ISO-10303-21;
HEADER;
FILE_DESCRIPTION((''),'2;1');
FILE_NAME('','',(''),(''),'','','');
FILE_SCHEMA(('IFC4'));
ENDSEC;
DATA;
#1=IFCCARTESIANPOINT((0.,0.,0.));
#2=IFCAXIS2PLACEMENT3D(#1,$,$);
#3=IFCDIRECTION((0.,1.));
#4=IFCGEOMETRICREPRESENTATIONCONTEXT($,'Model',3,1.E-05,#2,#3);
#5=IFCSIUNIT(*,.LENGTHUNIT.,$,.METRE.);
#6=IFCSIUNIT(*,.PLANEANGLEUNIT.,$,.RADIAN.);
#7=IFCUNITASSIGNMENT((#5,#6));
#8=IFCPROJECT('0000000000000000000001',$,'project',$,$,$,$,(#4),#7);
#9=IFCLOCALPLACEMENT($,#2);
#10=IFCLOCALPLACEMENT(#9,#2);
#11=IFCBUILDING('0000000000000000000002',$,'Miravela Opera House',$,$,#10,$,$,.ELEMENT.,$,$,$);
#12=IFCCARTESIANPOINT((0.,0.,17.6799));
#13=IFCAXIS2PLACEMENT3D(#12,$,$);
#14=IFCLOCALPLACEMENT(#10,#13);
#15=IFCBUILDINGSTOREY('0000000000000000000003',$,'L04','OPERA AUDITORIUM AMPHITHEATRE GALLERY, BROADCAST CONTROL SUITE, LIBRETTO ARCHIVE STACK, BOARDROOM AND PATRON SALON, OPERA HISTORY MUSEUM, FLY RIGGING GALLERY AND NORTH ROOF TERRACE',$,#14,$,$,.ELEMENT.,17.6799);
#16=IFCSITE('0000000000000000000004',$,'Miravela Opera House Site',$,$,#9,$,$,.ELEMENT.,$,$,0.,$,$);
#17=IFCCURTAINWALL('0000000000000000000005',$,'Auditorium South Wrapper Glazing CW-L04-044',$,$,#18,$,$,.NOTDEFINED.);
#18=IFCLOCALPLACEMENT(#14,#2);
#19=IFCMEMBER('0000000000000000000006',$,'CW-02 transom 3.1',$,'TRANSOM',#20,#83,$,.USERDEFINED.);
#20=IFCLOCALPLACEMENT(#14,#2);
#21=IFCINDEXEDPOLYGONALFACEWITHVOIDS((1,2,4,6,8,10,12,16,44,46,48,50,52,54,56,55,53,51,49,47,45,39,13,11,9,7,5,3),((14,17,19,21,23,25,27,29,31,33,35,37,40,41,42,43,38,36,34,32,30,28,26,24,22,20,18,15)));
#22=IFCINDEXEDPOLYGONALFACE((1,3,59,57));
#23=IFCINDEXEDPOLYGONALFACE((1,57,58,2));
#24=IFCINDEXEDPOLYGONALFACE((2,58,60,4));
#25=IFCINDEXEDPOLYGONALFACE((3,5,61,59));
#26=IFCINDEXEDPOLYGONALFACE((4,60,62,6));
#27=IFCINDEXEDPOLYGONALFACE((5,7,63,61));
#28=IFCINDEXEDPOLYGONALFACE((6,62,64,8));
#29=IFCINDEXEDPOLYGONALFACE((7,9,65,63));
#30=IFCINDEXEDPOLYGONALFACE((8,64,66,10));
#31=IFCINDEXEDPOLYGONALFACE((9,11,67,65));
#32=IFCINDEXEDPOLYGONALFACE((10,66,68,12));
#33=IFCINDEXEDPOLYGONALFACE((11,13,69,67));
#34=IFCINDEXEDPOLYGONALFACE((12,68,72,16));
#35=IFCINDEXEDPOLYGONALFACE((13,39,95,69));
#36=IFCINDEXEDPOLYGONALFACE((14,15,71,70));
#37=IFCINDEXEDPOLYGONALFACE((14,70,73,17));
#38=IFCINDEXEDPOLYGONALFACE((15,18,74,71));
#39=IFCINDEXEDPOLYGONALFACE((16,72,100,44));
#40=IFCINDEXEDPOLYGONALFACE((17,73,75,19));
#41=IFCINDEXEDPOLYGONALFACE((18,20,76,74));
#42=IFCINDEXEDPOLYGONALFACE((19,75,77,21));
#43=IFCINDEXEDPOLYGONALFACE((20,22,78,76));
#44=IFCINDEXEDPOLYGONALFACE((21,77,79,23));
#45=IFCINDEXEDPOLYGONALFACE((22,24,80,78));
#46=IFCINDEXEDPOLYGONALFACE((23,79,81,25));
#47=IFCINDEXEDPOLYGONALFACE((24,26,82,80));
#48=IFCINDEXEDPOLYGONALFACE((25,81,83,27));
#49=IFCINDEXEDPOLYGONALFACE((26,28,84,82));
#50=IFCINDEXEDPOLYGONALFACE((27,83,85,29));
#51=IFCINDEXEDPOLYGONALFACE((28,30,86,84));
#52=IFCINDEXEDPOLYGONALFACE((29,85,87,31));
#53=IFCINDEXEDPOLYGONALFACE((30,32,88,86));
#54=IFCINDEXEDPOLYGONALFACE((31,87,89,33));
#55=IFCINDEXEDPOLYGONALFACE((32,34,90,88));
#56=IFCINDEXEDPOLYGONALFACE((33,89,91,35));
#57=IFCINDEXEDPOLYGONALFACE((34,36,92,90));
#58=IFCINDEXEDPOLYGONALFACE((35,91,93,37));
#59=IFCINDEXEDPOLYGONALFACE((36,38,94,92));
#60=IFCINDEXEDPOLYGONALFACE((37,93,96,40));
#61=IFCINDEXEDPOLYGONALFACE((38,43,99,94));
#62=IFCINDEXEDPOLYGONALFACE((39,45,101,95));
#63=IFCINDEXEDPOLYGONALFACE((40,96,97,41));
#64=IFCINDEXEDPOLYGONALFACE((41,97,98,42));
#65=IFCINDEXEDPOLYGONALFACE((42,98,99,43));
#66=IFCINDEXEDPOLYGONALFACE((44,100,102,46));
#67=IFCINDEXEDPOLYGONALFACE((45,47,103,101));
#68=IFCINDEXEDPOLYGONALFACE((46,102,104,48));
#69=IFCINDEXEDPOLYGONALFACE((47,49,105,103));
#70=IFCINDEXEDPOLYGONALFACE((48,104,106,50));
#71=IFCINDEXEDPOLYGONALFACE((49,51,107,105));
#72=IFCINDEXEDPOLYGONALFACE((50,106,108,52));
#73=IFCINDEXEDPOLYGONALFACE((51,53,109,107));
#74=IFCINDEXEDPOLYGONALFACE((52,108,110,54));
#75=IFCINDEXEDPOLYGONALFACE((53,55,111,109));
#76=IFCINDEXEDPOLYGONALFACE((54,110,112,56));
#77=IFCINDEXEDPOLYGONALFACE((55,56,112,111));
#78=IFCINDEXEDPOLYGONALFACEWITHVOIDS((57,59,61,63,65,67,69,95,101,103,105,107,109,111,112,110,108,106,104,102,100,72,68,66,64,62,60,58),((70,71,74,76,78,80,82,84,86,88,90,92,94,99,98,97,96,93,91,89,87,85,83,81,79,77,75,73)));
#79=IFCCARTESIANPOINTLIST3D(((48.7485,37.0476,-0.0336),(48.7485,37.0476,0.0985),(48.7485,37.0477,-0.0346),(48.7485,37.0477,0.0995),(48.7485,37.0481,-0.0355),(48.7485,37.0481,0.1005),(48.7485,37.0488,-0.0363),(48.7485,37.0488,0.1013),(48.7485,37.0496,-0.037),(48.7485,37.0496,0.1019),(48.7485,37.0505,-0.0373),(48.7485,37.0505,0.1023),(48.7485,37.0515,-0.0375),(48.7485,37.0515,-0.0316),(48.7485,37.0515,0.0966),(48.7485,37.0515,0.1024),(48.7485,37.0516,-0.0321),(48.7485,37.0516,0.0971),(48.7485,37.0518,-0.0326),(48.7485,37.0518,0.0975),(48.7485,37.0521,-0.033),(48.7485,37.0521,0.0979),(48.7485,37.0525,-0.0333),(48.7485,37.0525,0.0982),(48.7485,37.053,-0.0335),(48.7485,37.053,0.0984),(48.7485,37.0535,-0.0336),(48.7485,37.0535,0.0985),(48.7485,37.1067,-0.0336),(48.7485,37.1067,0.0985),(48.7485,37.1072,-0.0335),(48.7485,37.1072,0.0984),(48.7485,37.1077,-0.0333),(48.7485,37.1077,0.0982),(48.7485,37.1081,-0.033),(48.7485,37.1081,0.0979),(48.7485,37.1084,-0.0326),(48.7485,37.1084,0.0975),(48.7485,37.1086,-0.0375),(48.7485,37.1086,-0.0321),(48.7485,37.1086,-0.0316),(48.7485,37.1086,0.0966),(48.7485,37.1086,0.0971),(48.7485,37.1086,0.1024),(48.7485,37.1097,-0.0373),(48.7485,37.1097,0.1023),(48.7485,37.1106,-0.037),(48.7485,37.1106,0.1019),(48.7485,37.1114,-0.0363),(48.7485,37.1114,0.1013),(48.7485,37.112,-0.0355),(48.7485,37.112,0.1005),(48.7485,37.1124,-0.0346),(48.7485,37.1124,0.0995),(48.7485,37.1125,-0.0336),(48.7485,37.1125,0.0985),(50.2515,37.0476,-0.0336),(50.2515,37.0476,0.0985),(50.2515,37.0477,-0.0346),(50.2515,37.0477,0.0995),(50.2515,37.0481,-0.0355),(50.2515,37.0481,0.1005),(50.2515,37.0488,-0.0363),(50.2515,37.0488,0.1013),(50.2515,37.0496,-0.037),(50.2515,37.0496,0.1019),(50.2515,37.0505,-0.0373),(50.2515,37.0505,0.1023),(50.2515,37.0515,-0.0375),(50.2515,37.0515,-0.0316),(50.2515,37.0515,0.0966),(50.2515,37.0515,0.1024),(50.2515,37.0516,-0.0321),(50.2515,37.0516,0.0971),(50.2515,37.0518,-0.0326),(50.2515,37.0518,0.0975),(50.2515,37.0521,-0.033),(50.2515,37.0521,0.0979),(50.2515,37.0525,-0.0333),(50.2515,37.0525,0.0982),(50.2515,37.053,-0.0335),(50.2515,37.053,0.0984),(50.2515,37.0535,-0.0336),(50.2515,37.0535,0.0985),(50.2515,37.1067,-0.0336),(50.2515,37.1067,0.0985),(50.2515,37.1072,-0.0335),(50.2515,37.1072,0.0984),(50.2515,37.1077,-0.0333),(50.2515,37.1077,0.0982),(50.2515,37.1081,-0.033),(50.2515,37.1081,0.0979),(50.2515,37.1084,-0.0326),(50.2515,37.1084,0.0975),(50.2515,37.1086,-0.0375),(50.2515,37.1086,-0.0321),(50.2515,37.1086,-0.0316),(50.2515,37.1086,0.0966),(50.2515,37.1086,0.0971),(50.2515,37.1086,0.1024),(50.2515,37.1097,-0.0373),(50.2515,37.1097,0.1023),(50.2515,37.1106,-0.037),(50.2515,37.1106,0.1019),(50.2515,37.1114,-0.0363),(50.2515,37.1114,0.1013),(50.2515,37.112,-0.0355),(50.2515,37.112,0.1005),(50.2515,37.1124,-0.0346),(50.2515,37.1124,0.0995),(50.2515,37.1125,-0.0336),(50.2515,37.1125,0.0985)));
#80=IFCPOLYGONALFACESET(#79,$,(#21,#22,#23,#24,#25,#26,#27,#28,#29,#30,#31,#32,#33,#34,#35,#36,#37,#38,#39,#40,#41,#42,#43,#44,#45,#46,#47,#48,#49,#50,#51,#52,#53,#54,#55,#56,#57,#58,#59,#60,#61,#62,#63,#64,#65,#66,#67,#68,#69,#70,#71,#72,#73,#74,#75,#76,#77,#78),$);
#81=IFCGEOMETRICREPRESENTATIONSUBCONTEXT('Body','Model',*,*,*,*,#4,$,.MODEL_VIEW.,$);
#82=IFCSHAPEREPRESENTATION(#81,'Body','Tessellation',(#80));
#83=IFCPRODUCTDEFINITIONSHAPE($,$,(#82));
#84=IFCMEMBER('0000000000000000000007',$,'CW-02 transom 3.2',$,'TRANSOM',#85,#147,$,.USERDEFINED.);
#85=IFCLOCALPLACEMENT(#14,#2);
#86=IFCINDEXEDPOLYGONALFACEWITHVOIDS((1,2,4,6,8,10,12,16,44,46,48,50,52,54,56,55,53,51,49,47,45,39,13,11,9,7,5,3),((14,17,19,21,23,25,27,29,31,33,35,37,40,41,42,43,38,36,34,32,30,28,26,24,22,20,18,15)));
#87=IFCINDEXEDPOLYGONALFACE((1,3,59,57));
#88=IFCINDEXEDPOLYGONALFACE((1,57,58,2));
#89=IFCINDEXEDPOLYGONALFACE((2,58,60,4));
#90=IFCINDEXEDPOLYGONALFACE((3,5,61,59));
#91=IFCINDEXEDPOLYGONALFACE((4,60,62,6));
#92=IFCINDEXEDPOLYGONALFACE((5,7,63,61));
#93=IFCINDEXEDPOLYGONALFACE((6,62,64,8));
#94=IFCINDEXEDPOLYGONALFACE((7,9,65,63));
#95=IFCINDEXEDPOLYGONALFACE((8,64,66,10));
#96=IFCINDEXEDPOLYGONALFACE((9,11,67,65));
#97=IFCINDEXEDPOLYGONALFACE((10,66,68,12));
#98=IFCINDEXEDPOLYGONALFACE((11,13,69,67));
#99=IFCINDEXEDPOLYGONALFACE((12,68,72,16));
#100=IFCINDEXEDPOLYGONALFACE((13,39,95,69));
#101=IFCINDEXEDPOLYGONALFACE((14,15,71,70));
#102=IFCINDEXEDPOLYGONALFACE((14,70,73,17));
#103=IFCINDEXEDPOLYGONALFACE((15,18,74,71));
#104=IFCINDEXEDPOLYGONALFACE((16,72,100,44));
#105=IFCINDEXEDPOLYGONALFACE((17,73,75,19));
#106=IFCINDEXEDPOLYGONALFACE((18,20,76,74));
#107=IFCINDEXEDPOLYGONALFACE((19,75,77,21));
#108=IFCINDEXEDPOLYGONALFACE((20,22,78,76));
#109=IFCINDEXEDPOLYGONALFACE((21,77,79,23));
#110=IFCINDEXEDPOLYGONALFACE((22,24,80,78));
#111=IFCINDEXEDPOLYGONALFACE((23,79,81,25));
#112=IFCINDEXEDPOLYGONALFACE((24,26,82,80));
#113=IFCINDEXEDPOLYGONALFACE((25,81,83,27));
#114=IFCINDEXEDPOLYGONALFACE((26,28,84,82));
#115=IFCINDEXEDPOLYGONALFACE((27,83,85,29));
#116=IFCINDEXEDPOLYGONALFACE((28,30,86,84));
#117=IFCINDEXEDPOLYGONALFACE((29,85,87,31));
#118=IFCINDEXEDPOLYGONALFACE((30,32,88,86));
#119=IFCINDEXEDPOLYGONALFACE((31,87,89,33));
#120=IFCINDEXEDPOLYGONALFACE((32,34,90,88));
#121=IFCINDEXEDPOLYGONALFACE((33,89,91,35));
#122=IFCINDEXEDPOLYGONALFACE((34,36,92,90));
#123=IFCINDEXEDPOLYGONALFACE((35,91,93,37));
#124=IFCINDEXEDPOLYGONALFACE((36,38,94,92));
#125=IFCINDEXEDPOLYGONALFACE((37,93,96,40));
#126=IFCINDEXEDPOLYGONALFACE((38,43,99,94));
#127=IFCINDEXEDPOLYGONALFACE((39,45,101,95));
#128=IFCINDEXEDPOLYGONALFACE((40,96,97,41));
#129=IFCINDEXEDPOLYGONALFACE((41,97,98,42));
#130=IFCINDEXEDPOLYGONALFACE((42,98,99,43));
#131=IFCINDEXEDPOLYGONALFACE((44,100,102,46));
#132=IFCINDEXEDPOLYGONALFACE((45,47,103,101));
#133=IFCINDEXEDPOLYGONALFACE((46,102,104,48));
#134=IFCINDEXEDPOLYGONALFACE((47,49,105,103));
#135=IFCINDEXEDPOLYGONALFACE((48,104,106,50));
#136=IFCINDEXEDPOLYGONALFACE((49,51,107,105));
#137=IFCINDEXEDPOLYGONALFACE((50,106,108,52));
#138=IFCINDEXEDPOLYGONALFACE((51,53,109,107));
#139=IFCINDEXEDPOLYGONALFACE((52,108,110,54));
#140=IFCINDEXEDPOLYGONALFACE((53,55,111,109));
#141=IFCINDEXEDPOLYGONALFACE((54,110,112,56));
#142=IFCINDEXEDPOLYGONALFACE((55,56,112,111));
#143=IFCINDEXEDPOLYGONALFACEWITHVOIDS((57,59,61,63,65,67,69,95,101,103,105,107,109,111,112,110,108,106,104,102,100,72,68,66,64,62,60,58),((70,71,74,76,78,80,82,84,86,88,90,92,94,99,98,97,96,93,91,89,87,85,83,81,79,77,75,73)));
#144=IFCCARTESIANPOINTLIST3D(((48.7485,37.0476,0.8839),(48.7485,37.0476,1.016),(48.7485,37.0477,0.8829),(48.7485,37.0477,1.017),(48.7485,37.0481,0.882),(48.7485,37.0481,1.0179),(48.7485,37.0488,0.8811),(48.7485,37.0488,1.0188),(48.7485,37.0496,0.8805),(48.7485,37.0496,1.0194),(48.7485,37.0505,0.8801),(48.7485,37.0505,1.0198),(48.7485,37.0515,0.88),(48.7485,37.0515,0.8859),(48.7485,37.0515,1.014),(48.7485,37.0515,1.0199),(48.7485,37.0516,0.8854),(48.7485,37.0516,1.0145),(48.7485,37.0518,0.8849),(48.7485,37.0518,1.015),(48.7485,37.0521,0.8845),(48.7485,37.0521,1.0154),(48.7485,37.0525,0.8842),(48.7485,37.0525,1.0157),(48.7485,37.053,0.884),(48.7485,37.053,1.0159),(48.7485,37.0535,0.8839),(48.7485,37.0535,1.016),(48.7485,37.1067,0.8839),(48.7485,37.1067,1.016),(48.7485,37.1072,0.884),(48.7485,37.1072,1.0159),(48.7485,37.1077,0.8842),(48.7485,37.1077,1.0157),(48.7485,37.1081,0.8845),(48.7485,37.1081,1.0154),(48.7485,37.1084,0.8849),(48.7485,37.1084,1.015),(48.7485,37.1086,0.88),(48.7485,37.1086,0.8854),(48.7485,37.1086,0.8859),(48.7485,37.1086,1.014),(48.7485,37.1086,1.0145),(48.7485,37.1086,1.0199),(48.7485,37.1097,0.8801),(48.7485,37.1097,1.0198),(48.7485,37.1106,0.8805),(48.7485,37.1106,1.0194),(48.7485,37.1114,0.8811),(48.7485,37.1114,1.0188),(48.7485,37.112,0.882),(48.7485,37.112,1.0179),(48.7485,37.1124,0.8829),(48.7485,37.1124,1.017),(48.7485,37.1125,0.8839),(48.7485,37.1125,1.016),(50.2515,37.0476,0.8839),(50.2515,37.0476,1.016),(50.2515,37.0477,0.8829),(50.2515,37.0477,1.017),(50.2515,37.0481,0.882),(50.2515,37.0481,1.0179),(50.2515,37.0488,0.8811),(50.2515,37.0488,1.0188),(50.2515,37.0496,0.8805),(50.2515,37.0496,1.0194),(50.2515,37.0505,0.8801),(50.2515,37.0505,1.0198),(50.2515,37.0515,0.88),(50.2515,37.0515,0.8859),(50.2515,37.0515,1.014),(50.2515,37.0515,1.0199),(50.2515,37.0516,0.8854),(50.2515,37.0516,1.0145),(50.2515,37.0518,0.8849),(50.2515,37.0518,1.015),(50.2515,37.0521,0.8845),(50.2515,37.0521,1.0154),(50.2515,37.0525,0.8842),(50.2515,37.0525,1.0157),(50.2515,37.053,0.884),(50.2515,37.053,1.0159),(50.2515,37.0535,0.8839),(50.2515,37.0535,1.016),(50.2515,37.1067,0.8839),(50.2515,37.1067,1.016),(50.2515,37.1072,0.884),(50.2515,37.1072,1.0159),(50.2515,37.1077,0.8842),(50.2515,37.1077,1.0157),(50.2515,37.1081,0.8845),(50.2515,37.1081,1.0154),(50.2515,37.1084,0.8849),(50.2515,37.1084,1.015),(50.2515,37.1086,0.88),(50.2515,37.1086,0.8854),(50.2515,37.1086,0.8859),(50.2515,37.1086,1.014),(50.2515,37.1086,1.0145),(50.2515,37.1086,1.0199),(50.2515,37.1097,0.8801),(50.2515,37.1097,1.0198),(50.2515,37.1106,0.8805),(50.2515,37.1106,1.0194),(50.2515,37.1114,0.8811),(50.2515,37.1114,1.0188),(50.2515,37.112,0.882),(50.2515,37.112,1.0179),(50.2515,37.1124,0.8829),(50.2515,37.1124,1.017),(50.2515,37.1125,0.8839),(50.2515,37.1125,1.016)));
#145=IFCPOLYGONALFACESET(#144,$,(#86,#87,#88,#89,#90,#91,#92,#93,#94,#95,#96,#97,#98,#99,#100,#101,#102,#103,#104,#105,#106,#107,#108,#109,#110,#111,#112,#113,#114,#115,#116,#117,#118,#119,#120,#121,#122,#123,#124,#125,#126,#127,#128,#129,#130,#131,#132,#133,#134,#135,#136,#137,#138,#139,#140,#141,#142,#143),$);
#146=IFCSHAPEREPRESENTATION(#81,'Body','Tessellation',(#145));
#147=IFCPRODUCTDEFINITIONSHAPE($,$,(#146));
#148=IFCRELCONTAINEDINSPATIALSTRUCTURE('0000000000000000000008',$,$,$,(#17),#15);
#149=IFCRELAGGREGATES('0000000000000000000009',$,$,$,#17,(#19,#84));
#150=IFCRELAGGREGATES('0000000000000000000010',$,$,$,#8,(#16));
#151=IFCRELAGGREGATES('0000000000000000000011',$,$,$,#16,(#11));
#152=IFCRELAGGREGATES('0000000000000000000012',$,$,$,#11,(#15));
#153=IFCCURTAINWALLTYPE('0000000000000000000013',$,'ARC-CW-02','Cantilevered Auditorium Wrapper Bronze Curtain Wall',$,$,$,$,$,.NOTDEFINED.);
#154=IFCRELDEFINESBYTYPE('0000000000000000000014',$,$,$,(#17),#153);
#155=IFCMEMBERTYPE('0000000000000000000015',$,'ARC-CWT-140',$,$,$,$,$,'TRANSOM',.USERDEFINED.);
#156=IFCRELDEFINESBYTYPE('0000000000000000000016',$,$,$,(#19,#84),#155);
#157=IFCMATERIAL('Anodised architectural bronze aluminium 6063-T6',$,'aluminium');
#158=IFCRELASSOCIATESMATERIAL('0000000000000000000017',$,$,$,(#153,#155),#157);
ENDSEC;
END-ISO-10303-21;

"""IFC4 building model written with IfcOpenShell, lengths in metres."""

from ifc_helpers import new_model, si_unit, direction, frame, origin, origin_2d, place, context, subcontext, project, spatial, hollow_rectangle, extrude, material, material_profile, profile_set, type_object, element, aggregate, save


model = new_model("IFC4")

# Units and contexts
model_context = context("Model", 3, precision=1e-05, world=origin(), true_north=direction((0.0, 1.0)))
body_context = subcontext(model_context, "Body", "Model", "MODEL_VIEW")
ifc_project = project(units=[si_unit("LENGTHUNIT", "METRE"), si_unit("PLANEANGLEUNIT", "RADIAN")], contexts=[model_context])

# Site, building, storey
site_placement = place(None, origin())
site = spatial("IfcSite", under=ifc_project, at=site_placement, Name="Miravela Opera House Site", CompositionType="ELEMENT", RefElevation=0.0)
building_placement = place(site_placement, origin())
building = spatial("IfcBuilding", under=site, at=building_placement, Name="Miravela Opera House", CompositionType="ELEMENT")
storey_placement = place(building_placement, frame((0.0, 0.0, 17.6799)))
storey = spatial("IfcBuildingStorey", under=building, at=storey_placement, Name="L04", Description="OPERA AUDITORIUM AMPHITHEATRE GALLERY, BROADCAST CONTROL SUITE, LIBRETTO ARCHIVE STACK, BOARDROOM AND PATRON SALON, OPERA HISTORY MUSEUM, FLY RIGGING GALLERY AND NORTH ROOF TERRACE", CompositionType="ELEMENT", Elevation=17.6799)

# Curtain wall, members
ifc_material_1 = material(Name="Anodised architectural bronze aluminium 6063-T6", Category="aluminium")
curtain_wall_type = type_object("IfcCurtainWallType", Name="ARC-CW-02", Description="Cantilevered Auditorium Wrapper Bronze Curtain Wall", PredefinedType="NOTDEFINED", material=ifc_material_1)
curtain_wall_placement = place(storey_placement, origin())
curtain_wall = element("IfcCurtainWall", 1, at=curtain_wall_placement, inside=storey, type_object=curtain_wall_type, Name="Auditorium South Wrapper Glazing CW-L04-044", PredefinedType="NOTDEFINED")
ifc_material_profile_1 = material_profile(ifc_material_1, hollow_rectangle(XDim=0.0649, YDim=0.1399, WallThickness=0.0039, InnerFilletRadius=0.002, OuterFilletRadius=0.0039, at=origin_2d()), Name="CWT-65X140")
ifc_profile_set_1 = profile_set([ifc_material_profile_1])
member_type_1 = type_object("IfcMemberType", Name="ARC-CWT-140", ElementType="TRANSOM", PredefinedType="USERDEFINED", material=ifc_profile_set_1)
member_1_placement = place(storey_placement, frame((48.7485, 37.0801, 0.0325), z_axis=(1.0, 0.0, 0.0), x_axis=(0.0, 1.0, 0.0)))
member_1 = element("IfcMember", 2, at=member_1_placement, type_object=member_type_1, Name="CW-02 transom 3.1", ObjectType="TRANSOM", PredefinedType="USERDEFINED", context=body_context, shape_type="SweptSolid", body=[
    extrude(hollow_rectangle(XDim=0.0649, YDim=0.1399, WallThickness=0.0039, InnerFilletRadius=0.002, OuterFilletRadius=0.0039, at=origin_2d()), origin(), (0.0, 0.0, 1.0), 1.5029),
])
member_2_placement = place(storey_placement, frame((48.7485, 37.0801, 0.95), z_axis=(1.0, 0.0, 0.0), x_axis=(0.0, 1.0, 0.0)))
member_2 = element("IfcMember", 3, at=member_2_placement, type_object=member_type_1, Name="CW-02 transom 3.2", ObjectType="TRANSOM", PredefinedType="USERDEFINED", context=body_context, shape_type="SweptSolid", body=[
    extrude(hollow_rectangle(XDim=0.0649, YDim=0.1399, WallThickness=0.0039, InnerFilletRadius=0.002, OuterFilletRadius=0.0039, at=origin_2d()), origin(), (0.0, 0.0, 1.0), 1.5029),
])

aggregate(curtain_wall, [member_1, member_2])

save(model, "model.ifc")
